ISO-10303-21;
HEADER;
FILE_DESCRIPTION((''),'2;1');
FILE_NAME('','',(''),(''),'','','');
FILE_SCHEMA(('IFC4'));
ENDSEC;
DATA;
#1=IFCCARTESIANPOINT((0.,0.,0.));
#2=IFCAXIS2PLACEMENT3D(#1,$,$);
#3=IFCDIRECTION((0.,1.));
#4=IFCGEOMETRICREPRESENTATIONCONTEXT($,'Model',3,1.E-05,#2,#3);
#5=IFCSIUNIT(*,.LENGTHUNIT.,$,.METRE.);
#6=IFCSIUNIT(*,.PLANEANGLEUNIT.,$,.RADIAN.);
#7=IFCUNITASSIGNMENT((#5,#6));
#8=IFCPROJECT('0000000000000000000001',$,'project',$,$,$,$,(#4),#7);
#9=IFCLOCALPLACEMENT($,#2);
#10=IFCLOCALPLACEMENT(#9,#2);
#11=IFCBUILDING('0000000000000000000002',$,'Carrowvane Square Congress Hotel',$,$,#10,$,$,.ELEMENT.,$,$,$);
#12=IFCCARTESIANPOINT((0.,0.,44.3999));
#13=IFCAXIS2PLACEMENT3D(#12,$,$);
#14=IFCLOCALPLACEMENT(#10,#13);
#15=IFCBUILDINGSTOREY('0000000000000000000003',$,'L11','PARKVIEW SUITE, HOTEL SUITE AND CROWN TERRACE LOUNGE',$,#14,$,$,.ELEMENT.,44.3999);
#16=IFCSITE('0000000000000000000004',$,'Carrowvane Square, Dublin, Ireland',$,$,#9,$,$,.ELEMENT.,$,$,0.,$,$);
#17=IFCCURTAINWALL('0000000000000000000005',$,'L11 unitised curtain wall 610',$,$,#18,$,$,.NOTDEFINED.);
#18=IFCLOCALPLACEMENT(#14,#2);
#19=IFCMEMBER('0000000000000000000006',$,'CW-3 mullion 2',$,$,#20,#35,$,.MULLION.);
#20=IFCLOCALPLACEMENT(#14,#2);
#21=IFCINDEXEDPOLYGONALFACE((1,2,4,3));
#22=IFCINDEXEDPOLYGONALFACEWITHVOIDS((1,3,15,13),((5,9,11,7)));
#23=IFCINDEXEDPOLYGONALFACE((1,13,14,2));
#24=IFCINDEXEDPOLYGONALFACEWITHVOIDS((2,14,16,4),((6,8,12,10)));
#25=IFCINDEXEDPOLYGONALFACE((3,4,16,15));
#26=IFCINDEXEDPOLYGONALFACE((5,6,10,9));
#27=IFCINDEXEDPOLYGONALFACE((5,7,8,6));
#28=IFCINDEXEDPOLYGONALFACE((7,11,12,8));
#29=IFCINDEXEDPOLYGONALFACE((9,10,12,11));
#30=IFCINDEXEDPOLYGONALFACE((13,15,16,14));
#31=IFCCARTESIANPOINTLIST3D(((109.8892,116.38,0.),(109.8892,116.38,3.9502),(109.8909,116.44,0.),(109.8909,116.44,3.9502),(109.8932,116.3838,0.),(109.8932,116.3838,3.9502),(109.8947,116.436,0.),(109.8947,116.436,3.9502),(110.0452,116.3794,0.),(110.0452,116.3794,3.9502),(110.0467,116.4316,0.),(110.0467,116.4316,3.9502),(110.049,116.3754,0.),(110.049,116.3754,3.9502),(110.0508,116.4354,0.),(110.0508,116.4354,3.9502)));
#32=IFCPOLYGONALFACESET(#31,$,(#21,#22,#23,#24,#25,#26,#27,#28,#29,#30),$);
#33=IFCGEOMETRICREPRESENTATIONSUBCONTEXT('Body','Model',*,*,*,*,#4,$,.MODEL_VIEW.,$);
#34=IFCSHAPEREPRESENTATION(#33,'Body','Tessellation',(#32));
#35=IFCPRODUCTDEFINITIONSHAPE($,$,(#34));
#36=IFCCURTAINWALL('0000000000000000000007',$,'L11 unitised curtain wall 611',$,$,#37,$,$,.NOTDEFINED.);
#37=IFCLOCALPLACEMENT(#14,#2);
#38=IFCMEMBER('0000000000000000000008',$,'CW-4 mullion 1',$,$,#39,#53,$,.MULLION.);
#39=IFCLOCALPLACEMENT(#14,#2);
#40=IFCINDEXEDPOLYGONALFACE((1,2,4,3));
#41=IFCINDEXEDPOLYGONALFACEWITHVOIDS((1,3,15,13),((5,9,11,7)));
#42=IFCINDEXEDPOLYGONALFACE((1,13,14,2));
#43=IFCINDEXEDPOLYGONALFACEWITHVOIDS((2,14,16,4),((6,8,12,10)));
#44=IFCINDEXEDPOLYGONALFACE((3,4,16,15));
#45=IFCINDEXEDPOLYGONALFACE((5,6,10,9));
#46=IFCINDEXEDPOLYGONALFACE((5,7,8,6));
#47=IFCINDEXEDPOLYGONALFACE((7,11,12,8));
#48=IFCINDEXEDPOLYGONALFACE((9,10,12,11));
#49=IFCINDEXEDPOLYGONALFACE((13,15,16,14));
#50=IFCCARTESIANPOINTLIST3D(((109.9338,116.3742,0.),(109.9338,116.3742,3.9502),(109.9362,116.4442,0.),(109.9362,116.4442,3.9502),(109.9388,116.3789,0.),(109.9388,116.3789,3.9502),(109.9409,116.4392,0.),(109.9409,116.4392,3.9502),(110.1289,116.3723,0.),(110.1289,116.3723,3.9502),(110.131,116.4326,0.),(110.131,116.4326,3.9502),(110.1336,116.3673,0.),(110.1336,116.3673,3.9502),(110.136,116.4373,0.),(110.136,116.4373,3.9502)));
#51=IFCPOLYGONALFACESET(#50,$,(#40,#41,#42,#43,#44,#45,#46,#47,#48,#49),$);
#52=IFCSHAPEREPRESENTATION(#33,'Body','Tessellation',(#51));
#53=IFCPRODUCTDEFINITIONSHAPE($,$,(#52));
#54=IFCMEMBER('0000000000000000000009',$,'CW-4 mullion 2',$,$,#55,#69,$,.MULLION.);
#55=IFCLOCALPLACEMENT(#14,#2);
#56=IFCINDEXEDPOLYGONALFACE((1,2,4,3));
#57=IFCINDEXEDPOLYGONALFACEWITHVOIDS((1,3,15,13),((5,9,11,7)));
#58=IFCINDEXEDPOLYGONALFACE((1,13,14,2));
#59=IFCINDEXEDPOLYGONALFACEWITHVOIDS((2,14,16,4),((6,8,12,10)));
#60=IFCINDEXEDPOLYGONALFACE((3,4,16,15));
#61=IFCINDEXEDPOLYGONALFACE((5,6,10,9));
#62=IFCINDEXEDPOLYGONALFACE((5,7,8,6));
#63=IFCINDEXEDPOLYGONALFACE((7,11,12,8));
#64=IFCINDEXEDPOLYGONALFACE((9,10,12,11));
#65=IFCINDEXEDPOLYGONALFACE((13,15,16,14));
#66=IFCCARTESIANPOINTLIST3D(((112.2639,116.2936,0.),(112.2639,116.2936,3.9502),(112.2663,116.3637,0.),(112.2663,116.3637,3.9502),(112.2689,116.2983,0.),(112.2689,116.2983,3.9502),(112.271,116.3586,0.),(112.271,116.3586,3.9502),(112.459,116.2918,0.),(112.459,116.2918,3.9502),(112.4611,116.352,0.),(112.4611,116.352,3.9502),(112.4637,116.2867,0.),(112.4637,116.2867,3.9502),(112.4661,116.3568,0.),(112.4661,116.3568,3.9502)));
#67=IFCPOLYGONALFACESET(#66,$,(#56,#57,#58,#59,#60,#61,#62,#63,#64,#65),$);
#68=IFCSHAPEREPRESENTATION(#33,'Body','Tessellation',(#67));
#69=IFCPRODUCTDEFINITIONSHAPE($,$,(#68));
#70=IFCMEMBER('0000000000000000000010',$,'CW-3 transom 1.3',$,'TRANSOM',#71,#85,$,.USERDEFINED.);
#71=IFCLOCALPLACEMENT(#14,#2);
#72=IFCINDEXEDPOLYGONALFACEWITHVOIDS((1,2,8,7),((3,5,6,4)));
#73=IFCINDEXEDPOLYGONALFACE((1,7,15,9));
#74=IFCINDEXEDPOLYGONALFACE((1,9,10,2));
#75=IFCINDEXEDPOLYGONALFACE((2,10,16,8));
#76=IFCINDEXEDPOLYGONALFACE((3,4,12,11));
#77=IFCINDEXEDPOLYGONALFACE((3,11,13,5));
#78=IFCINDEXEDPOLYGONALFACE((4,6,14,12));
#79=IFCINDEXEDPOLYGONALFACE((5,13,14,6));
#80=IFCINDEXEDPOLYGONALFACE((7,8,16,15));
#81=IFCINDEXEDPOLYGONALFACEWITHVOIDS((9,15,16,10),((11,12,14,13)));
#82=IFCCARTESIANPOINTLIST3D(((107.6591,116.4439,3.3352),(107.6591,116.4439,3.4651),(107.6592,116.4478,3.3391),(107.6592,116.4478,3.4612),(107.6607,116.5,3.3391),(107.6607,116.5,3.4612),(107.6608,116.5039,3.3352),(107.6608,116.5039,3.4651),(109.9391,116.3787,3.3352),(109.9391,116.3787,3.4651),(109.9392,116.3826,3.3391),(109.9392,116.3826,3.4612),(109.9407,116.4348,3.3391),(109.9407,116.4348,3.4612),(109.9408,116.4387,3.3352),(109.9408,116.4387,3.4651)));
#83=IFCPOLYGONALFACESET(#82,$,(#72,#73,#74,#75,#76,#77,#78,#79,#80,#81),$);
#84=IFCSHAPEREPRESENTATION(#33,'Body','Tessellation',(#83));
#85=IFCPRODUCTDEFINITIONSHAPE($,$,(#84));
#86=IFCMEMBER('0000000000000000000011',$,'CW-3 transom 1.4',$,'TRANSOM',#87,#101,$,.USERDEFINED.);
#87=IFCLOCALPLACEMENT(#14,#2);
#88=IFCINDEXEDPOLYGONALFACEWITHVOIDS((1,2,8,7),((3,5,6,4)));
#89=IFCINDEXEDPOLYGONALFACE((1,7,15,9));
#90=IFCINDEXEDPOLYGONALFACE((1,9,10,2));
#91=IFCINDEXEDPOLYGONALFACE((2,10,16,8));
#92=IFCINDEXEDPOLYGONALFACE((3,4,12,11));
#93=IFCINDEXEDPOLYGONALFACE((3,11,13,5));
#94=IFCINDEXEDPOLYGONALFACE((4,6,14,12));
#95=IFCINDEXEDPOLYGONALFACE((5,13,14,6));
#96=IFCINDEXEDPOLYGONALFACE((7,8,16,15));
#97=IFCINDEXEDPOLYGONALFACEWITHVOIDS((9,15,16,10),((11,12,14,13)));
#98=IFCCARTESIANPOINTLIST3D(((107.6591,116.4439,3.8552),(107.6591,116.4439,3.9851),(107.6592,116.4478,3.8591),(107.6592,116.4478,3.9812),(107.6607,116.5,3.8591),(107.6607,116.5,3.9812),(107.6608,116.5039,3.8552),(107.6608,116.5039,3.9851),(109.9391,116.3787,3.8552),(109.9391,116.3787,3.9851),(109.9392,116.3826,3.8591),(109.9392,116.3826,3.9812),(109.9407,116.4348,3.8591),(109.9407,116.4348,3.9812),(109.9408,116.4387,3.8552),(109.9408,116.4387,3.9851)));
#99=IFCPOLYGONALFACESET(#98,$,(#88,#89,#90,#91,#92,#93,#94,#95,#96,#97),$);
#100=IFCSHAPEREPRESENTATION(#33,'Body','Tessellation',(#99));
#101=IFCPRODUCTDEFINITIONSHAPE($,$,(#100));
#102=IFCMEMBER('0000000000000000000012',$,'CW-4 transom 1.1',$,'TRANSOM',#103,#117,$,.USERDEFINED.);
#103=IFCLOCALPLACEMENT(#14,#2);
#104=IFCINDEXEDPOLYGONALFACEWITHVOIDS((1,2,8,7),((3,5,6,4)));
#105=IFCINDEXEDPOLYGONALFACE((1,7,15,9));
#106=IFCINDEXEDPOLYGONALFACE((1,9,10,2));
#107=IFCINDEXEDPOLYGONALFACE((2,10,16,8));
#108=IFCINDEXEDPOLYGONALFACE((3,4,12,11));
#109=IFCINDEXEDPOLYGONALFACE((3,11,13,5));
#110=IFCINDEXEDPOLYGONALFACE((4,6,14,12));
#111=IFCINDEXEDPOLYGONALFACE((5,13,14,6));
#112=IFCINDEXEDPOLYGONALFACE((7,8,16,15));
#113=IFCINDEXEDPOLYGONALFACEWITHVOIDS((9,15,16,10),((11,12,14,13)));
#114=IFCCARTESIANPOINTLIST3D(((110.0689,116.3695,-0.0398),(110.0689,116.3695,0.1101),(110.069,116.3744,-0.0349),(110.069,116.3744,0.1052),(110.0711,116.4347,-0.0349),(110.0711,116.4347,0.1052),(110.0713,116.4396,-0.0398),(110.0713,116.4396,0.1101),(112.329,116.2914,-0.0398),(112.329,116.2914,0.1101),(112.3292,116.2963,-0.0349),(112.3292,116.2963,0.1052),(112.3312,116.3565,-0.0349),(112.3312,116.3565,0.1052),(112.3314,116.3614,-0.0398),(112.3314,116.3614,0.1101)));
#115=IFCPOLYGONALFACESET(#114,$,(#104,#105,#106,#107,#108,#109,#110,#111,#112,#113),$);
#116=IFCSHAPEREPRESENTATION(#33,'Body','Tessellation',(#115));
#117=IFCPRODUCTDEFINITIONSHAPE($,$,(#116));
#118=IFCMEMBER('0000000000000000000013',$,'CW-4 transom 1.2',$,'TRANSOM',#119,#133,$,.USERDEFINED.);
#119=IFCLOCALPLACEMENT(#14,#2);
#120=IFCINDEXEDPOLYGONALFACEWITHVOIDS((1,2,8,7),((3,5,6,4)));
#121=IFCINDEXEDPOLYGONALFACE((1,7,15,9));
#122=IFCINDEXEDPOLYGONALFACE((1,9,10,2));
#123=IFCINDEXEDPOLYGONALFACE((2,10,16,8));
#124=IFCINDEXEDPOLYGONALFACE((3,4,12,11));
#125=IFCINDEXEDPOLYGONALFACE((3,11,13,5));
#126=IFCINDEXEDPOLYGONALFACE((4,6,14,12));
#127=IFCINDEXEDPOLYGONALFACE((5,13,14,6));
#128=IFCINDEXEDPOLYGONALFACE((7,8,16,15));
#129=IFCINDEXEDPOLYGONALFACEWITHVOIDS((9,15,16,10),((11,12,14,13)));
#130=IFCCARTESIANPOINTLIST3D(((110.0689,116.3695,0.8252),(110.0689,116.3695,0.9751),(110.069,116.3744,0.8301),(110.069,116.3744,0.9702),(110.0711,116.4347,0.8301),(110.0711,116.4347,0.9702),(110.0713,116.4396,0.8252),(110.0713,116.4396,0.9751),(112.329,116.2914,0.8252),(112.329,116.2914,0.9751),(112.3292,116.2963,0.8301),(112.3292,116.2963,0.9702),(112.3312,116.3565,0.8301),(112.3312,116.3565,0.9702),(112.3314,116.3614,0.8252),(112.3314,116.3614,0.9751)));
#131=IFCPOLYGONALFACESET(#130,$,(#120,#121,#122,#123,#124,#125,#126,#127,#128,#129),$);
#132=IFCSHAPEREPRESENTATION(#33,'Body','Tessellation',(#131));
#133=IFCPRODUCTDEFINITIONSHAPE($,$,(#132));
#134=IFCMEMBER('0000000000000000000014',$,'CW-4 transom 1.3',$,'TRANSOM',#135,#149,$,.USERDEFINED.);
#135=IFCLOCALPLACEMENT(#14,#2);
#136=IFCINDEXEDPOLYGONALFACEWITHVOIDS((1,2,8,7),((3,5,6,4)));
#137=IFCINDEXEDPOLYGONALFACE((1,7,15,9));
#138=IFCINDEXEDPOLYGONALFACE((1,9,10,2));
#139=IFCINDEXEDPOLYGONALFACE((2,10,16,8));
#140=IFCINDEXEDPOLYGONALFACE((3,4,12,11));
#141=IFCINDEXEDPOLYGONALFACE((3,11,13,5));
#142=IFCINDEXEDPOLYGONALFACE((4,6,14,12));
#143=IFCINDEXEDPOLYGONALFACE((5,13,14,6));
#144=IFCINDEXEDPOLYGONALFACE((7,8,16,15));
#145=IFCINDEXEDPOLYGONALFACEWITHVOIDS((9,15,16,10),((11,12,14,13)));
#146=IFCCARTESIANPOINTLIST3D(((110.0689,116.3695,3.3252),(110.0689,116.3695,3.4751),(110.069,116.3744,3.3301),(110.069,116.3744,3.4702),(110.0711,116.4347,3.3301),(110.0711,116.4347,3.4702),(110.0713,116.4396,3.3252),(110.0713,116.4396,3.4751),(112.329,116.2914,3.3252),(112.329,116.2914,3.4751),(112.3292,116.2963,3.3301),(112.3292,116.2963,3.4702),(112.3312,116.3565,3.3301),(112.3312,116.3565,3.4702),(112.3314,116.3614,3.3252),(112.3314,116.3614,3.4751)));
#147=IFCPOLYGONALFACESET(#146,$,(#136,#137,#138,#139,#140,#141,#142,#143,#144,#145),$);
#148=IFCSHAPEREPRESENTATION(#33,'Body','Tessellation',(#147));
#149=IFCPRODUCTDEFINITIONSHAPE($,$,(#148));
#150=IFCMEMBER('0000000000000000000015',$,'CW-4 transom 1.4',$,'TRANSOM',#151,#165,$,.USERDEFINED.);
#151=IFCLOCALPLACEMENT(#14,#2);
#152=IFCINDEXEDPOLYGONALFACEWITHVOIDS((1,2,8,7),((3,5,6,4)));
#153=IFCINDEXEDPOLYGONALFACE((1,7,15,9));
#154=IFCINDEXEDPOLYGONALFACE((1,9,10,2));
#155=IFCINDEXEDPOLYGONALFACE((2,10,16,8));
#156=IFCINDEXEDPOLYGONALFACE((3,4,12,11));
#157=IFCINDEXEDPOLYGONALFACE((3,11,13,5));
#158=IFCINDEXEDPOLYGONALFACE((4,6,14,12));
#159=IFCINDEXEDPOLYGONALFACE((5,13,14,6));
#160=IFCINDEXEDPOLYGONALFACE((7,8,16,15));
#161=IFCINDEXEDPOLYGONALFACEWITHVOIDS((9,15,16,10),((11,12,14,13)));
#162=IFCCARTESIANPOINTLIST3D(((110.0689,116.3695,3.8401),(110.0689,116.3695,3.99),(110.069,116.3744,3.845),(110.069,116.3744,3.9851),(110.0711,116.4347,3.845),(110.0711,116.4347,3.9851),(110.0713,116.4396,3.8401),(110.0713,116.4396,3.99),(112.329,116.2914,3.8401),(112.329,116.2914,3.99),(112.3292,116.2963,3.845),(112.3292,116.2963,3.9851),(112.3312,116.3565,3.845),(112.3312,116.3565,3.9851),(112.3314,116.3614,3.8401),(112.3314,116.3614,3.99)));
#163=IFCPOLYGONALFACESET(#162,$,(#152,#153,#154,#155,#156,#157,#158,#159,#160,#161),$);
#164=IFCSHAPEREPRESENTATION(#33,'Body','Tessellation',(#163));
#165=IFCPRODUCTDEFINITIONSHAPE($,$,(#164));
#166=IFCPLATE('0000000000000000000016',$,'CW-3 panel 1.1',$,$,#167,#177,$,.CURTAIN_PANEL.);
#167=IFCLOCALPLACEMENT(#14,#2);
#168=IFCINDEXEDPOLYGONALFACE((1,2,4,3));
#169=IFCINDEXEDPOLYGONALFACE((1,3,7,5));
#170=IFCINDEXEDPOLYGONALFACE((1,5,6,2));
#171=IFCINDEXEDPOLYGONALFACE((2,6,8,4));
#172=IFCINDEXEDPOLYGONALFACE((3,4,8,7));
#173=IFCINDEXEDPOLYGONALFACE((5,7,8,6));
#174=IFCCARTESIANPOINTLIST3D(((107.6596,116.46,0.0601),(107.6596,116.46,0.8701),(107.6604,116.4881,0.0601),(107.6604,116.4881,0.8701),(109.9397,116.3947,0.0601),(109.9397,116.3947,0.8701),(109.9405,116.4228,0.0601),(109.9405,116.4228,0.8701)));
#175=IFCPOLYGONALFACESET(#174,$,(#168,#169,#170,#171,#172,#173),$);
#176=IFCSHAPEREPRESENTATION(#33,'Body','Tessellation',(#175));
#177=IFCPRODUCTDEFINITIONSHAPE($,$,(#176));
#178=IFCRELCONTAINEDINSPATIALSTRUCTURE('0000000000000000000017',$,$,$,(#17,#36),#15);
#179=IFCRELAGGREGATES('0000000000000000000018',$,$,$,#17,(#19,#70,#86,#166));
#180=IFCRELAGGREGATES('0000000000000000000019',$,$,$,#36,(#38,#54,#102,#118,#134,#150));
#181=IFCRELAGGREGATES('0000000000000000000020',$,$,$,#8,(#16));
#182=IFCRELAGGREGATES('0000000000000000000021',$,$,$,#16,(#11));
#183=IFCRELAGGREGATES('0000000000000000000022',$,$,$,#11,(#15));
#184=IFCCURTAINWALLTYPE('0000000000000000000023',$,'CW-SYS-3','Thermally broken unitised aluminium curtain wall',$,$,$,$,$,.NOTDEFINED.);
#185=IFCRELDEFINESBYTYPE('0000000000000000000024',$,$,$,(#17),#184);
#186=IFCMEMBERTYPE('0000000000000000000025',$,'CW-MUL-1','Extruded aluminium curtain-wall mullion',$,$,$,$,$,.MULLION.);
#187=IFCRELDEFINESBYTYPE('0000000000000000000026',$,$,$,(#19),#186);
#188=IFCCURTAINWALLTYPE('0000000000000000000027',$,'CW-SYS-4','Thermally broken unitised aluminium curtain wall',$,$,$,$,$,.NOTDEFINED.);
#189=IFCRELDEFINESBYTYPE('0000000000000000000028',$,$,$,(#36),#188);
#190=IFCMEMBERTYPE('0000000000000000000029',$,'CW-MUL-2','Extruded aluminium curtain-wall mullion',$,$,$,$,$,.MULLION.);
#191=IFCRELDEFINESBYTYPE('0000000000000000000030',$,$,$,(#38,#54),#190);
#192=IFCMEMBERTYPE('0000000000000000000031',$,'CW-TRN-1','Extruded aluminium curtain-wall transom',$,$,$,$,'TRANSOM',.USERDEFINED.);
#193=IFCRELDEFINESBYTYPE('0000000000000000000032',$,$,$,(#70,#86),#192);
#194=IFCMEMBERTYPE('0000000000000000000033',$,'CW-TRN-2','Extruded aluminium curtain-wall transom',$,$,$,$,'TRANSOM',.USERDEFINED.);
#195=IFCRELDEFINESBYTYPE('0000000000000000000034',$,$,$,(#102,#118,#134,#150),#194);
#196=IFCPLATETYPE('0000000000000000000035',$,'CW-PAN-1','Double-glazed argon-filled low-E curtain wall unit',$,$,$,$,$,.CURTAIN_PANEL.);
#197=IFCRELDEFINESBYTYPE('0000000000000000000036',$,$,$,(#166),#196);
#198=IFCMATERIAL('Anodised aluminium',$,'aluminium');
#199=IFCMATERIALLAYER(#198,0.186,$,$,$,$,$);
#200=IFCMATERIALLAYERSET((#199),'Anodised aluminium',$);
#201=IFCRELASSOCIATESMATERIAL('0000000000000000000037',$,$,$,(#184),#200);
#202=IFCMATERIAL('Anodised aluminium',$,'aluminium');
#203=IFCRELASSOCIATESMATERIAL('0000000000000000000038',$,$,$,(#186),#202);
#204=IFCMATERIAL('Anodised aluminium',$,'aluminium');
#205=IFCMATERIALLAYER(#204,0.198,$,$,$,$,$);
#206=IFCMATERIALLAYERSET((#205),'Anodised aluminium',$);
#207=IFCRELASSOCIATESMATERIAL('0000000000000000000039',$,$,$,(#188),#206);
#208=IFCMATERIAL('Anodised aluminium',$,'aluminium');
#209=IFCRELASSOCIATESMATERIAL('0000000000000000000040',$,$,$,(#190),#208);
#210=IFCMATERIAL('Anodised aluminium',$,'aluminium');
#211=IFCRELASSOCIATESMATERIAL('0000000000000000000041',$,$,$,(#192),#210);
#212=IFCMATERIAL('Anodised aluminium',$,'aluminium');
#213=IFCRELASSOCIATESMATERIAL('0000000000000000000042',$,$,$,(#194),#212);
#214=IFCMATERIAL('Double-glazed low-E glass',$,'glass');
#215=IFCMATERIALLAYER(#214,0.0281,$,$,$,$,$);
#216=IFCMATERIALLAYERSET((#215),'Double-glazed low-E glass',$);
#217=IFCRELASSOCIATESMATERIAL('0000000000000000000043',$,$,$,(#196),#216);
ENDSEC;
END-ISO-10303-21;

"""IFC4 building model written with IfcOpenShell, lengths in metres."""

from ifc_helpers import new_model, si_unit, direction, frame, origin, origin_2d, place, context, subcontext, project, spatial, rectangle, hollow_rectangle, extrude, material, layer, layer_set, material_profile, profile_set, type_object, element, aggregate, save


model = new_model("IFC4")

# Units and contexts
model_context = context("Model", 3, precision=1e-05, world=origin(), true_north=direction((0.0, 1.0)))
body_context = subcontext(model_context, "Body", "Model", "MODEL_VIEW")
ifc_project = project(units=[si_unit("LENGTHUNIT", "METRE"), si_unit("PLANEANGLEUNIT", "RADIAN")], contexts=[model_context])

# Site, building, storey
site_placement = place(None, origin())
site = spatial("IfcSite", under=ifc_project, at=site_placement, Name="Carrowvane Square, Dublin, Ireland", CompositionType="ELEMENT", RefElevation=0.0)
building_placement = place(site_placement, origin())
building = spatial("IfcBuilding", under=site, at=building_placement, Name="Carrowvane Square Congress Hotel", CompositionType="ELEMENT")
storey_placement = place(building_placement, frame((0.0, 0.0, 44.3999)))
storey = spatial("IfcBuildingStorey", under=building, at=storey_placement, Name="L11", Description="PARKVIEW SUITE, HOTEL SUITE AND CROWN TERRACE LOUNGE", CompositionType="ELEMENT", Elevation=44.3999)

# Curtain wall, member
ifc_material_1 = material(Name="Anodised aluminium", Category="aluminium")
ifc_layer_1 = layer(ifc_material_1, 0.186)
ifc_layer_set_1 = layer_set([ifc_layer_1], Name="Anodised aluminium")
curtain_wall_type_1 = type_object("IfcCurtainWallType", Name="CW-SYS-3", Description="Thermally broken unitised aluminium curtain wall", PredefinedType="NOTDEFINED", material=ifc_layer_set_1)
curtain_wall_1_placement = place(storey_placement, origin())
curtain_wall_1 = element("IfcCurtainWall", 1, at=curtain_wall_1_placement, inside=storey, type_object=curtain_wall_type_1, Name="L11 unitised curtain wall 610", PredefinedType="NOTDEFINED")
ifc_material_2 = material(Name="Anodised aluminium", Category="aluminium")
ifc_material_profile_1 = material_profile(ifc_material_2, hollow_rectangle(XDim=0.0601, YDim=0.1599, WallThickness=0.0039, at=origin_2d()), Name="CW-ML 60x160x4")
ifc_profile_set_1 = profile_set([ifc_material_profile_1], Name="Anodised aluminium")
member_type_1 = type_object("IfcMemberType", Name="CW-MUL-1", Description="Extruded aluminium curtain-wall mullion", PredefinedType="MULLION", material=ifc_profile_set_1)
member_1_placement = place(storey_placement, frame((109.97, 116.4077, 0.0), z_axis=(0.0, 0.0, 1.0), x_axis=(0.028638, 0.99959, 0.0)))
member_1 = element("IfcMember", 2, at=member_1_placement, type_object=member_type_1, Name="CW-3 mullion 2", PredefinedType="MULLION", context=body_context, shape_type="SweptSolid", body=[
    extrude(hollow_rectangle(XDim=0.0601, YDim=0.1599, WallThickness=0.0039, at=origin_2d()), origin(), (0.0, 0.0, 1.0), 3.9502),
])

# Curtain wall, members
ifc_material_3 = material(Name="Anodised aluminium", Category="aluminium")
ifc_layer_2 = layer(ifc_material_3, 0.198)
ifc_layer_set_2 = layer_set([ifc_layer_2], Name="Anodised aluminium")
curtain_wall_type_2 = type_object("IfcCurtainWallType", Name="CW-SYS-4", Description="Thermally broken unitised aluminium curtain wall", PredefinedType="NOTDEFINED", material=ifc_layer_set_2)
curtain_wall_2_placement = place(storey_placement, origin())
curtain_wall_2 = element("IfcCurtainWall", 3, at=curtain_wall_2_placement, inside=storey, type_object=curtain_wall_type_2, Name="L11 unitised curtain wall 611", PredefinedType="NOTDEFINED")
ifc_material_4 = material(Name="Anodised aluminium", Category="aluminium")
ifc_material_profile_2 = material_profile(ifc_material_4, hollow_rectangle(XDim=0.0701, YDim=0.2, WallThickness=0.0049, at=origin_2d()), Name="CW-ML 70x200x5")
ifc_profile_set_2 = profile_set([ifc_material_profile_2], Name="Anodised aluminium")
member_type_2 = type_object("IfcMemberType", Name="CW-MUL-2", Description="Extruded aluminium curtain-wall mullion", PredefinedType="MULLION", material=ifc_profile_set_2)
member_2_placement = place(storey_placement, frame((110.0349, 116.4058, 0.0), z_axis=(0.0, 0.0, 1.0), x_axis=(0.034526, 0.999404, 0.0)))
member_2 = element("IfcMember", 4, at=member_2_placement, type_object=member_type_2, Name="CW-4 mullion 1", PredefinedType="MULLION", context=body_context, shape_type="SweptSolid", body=[
    extrude(hollow_rectangle(XDim=0.0701, YDim=0.2, WallThickness=0.0049, at=origin_2d()), origin(), (0.0, 0.0, 1.0), 3.9502),
])
member_3_placement = place(storey_placement, frame((112.365, 116.3252, 0.0), z_axis=(0.0, 0.0, 1.0), x_axis=(0.034526, 0.999404, 0.0)))
member_3 = element("IfcMember", 5, at=member_3_placement, type_object=member_type_2, Name="CW-4 mullion 2", PredefinedType="MULLION", context=body_context, shape_type="SweptSolid", body=[
    extrude(hollow_rectangle(XDim=0.0701, YDim=0.2, WallThickness=0.0049, at=origin_2d()), origin(), (0.0, 0.0, 1.0), 3.9502),
])

# Members
ifc_material_5 = material(Name="Anodised aluminium", Category="aluminium")
ifc_material_profile_3 = material_profile(ifc_material_5, hollow_rectangle(XDim=0.0601, YDim=0.1299, WallThickness=0.0039, at=origin_2d()), Name="CW-TR 60x130x4")
ifc_profile_set_3 = profile_set([ifc_material_profile_3], Name="Anodised aluminium")
member_type_3 = type_object("IfcMemberType", Name="CW-TRN-1", Description="Extruded aluminium curtain-wall transom", ElementType="TRANSOM", PredefinedType="USERDEFINED", material=ifc_profile_set_3)
member_4_placement = place(storey_placement, frame((107.6599, 116.4739, 3.4001), z_axis=(0.999592, -0.028578, 0.0), x_axis=(0.028578, 0.999592, 0.0)))
member_4 = element("IfcMember", 6, at=member_4_placement, type_object=member_type_3, Name="CW-3 transom 1.3", ObjectType="TRANSOM", PredefinedType="USERDEFINED", context=body_context, shape_type="SweptSolid", body=[
    extrude(hollow_rectangle(XDim=0.0601, YDim=0.1299, WallThickness=0.0039, at=origin_2d()), origin(), (0.0, 0.0, 1.0), 2.281),
])
member_5_placement = place(storey_placement, frame((107.6599, 116.4739, 3.9202), z_axis=(0.999592, -0.028578, 0.0), x_axis=(0.028578, 0.999592, 0.0)))
member_5 = element("IfcMember", 7, at=member_5_placement, type_object=member_type_3, Name="CW-3 transom 1.4", ObjectType="TRANSOM", PredefinedType="USERDEFINED", context=body_context, shape_type="SweptSolid", body=[
    extrude(hollow_rectangle(XDim=0.0601, YDim=0.1299, WallThickness=0.0039, at=origin_2d()), origin(), (0.0, 0.0, 1.0), 2.281),
])
ifc_material_6 = material(Name="Anodised aluminium", Category="aluminium")
ifc_material_profile_4 = material_profile(ifc_material_6, hollow_rectangle(XDim=0.0701, YDim=0.1499, WallThickness=0.0049, at=origin_2d()), Name="CW-TR 70x150x5")
ifc_profile_set_4 = profile_set([ifc_material_profile_4], Name="Anodised aluminium")
member_type_4 = type_object("IfcMemberType", Name="CW-TRN-2", Description="Extruded aluminium curtain-wall transom", ElementType="TRANSOM", PredefinedType="USERDEFINED", material=ifc_profile_set_4)
member_6_placement = place(storey_placement, frame((110.0701, 116.4045, 0.0352), z_axis=(0.999403, -0.034548, 0.0), x_axis=(0.034548, 0.999403, 0.0)))
member_6 = element("IfcMember", 8, at=member_6_placement, type_object=member_type_4, Name="CW-4 transom 1.1", ObjectType="TRANSOM", PredefinedType="USERDEFINED", context=body_context, shape_type="SweptSolid", body=[
    extrude(hollow_rectangle(XDim=0.0701, YDim=0.1499, WallThickness=0.0049, at=origin_2d()), origin(), (0.0, 0.0, 1.0), 2.2615),
])
member_7_placement = place(storey_placement, frame((110.0701, 116.4045, 0.9001), z_axis=(0.999403, -0.034548, 0.0), x_axis=(0.034548, 0.999403, 0.0)))
member_7 = element("IfcMember", 9, at=member_7_placement, type_object=member_type_4, Name="CW-4 transom 1.2", ObjectType="TRANSOM", PredefinedType="USERDEFINED", context=body_context, shape_type="SweptSolid", body=[
    extrude(hollow_rectangle(XDim=0.0701, YDim=0.1499, WallThickness=0.0049, at=origin_2d()), origin(), (0.0, 0.0, 1.0), 2.2615),
])
member_8_placement = place(storey_placement, frame((110.0701, 116.4045, 3.4001), z_axis=(0.999403, -0.034548, 0.0), x_axis=(0.034548, 0.999403, 0.0)))
member_8 = element("IfcMember", 10, at=member_8_placement, type_object=member_type_4, Name="CW-4 transom 1.3", ObjectType="TRANSOM", PredefinedType="USERDEFINED", context=body_context, shape_type="SweptSolid", body=[
    extrude(hollow_rectangle(XDim=0.0701, YDim=0.1499, WallThickness=0.0049, at=origin_2d()), origin(), (0.0, 0.0, 1.0), 2.2615),
])
member_9_placement = place(storey_placement, frame((110.0701, 116.4045, 3.915), z_axis=(0.999403, -0.034548, 0.0), x_axis=(0.034548, 0.999403, 0.0)))
member_9 = element("IfcMember", 11, at=member_9_placement, type_object=member_type_4, Name="CW-4 transom 1.4", ObjectType="TRANSOM", PredefinedType="USERDEFINED", context=body_context, shape_type="SweptSolid", body=[
    extrude(hollow_rectangle(XDim=0.0701, YDim=0.1499, WallThickness=0.0049, at=origin_2d()), origin(), (0.0, 0.0, 1.0), 2.2615),
])

# Plate
ifc_material_7 = material(Name="Double-glazed low-E glass", Category="glass")
ifc_layer_3 = layer(ifc_material_7, 0.0281)
ifc_layer_set_3 = layer_set([ifc_layer_3], Name="Double-glazed low-E glass")
plate_type_1 = type_object("IfcPlateType", Name="CW-PAN-1", Description="Double-glazed argon-filled low-E curtain wall unit", PredefinedType="CURTAIN_PANEL", material=ifc_layer_set_3)
plate_1_placement = place(storey_placement, frame((108.8, 116.4414, 0.0601), z_axis=(0.0, 0.0, 1.0), x_axis=(0.99959, -0.028638, 0.0)))
plate_1 = element("IfcPlate", 12, at=plate_1_placement, type_object=plate_type_1, Name="CW-3 panel 1.1", PredefinedType="CURTAIN_PANEL", context=body_context, shape_type="SweptSolid", body=[
    extrude(rectangle(XDim=2.281, YDim=0.0281, at=origin_2d()), origin(), (0.0, 0.0, 1.0), 0.8101),
])
aggregate(curtain_wall_1, [member_1, member_4, member_5, plate_1])
aggregate(curtain_wall_2, [member_2, member_3, member_6, member_7, member_8, member_9])

save(model, "model.ifc")
